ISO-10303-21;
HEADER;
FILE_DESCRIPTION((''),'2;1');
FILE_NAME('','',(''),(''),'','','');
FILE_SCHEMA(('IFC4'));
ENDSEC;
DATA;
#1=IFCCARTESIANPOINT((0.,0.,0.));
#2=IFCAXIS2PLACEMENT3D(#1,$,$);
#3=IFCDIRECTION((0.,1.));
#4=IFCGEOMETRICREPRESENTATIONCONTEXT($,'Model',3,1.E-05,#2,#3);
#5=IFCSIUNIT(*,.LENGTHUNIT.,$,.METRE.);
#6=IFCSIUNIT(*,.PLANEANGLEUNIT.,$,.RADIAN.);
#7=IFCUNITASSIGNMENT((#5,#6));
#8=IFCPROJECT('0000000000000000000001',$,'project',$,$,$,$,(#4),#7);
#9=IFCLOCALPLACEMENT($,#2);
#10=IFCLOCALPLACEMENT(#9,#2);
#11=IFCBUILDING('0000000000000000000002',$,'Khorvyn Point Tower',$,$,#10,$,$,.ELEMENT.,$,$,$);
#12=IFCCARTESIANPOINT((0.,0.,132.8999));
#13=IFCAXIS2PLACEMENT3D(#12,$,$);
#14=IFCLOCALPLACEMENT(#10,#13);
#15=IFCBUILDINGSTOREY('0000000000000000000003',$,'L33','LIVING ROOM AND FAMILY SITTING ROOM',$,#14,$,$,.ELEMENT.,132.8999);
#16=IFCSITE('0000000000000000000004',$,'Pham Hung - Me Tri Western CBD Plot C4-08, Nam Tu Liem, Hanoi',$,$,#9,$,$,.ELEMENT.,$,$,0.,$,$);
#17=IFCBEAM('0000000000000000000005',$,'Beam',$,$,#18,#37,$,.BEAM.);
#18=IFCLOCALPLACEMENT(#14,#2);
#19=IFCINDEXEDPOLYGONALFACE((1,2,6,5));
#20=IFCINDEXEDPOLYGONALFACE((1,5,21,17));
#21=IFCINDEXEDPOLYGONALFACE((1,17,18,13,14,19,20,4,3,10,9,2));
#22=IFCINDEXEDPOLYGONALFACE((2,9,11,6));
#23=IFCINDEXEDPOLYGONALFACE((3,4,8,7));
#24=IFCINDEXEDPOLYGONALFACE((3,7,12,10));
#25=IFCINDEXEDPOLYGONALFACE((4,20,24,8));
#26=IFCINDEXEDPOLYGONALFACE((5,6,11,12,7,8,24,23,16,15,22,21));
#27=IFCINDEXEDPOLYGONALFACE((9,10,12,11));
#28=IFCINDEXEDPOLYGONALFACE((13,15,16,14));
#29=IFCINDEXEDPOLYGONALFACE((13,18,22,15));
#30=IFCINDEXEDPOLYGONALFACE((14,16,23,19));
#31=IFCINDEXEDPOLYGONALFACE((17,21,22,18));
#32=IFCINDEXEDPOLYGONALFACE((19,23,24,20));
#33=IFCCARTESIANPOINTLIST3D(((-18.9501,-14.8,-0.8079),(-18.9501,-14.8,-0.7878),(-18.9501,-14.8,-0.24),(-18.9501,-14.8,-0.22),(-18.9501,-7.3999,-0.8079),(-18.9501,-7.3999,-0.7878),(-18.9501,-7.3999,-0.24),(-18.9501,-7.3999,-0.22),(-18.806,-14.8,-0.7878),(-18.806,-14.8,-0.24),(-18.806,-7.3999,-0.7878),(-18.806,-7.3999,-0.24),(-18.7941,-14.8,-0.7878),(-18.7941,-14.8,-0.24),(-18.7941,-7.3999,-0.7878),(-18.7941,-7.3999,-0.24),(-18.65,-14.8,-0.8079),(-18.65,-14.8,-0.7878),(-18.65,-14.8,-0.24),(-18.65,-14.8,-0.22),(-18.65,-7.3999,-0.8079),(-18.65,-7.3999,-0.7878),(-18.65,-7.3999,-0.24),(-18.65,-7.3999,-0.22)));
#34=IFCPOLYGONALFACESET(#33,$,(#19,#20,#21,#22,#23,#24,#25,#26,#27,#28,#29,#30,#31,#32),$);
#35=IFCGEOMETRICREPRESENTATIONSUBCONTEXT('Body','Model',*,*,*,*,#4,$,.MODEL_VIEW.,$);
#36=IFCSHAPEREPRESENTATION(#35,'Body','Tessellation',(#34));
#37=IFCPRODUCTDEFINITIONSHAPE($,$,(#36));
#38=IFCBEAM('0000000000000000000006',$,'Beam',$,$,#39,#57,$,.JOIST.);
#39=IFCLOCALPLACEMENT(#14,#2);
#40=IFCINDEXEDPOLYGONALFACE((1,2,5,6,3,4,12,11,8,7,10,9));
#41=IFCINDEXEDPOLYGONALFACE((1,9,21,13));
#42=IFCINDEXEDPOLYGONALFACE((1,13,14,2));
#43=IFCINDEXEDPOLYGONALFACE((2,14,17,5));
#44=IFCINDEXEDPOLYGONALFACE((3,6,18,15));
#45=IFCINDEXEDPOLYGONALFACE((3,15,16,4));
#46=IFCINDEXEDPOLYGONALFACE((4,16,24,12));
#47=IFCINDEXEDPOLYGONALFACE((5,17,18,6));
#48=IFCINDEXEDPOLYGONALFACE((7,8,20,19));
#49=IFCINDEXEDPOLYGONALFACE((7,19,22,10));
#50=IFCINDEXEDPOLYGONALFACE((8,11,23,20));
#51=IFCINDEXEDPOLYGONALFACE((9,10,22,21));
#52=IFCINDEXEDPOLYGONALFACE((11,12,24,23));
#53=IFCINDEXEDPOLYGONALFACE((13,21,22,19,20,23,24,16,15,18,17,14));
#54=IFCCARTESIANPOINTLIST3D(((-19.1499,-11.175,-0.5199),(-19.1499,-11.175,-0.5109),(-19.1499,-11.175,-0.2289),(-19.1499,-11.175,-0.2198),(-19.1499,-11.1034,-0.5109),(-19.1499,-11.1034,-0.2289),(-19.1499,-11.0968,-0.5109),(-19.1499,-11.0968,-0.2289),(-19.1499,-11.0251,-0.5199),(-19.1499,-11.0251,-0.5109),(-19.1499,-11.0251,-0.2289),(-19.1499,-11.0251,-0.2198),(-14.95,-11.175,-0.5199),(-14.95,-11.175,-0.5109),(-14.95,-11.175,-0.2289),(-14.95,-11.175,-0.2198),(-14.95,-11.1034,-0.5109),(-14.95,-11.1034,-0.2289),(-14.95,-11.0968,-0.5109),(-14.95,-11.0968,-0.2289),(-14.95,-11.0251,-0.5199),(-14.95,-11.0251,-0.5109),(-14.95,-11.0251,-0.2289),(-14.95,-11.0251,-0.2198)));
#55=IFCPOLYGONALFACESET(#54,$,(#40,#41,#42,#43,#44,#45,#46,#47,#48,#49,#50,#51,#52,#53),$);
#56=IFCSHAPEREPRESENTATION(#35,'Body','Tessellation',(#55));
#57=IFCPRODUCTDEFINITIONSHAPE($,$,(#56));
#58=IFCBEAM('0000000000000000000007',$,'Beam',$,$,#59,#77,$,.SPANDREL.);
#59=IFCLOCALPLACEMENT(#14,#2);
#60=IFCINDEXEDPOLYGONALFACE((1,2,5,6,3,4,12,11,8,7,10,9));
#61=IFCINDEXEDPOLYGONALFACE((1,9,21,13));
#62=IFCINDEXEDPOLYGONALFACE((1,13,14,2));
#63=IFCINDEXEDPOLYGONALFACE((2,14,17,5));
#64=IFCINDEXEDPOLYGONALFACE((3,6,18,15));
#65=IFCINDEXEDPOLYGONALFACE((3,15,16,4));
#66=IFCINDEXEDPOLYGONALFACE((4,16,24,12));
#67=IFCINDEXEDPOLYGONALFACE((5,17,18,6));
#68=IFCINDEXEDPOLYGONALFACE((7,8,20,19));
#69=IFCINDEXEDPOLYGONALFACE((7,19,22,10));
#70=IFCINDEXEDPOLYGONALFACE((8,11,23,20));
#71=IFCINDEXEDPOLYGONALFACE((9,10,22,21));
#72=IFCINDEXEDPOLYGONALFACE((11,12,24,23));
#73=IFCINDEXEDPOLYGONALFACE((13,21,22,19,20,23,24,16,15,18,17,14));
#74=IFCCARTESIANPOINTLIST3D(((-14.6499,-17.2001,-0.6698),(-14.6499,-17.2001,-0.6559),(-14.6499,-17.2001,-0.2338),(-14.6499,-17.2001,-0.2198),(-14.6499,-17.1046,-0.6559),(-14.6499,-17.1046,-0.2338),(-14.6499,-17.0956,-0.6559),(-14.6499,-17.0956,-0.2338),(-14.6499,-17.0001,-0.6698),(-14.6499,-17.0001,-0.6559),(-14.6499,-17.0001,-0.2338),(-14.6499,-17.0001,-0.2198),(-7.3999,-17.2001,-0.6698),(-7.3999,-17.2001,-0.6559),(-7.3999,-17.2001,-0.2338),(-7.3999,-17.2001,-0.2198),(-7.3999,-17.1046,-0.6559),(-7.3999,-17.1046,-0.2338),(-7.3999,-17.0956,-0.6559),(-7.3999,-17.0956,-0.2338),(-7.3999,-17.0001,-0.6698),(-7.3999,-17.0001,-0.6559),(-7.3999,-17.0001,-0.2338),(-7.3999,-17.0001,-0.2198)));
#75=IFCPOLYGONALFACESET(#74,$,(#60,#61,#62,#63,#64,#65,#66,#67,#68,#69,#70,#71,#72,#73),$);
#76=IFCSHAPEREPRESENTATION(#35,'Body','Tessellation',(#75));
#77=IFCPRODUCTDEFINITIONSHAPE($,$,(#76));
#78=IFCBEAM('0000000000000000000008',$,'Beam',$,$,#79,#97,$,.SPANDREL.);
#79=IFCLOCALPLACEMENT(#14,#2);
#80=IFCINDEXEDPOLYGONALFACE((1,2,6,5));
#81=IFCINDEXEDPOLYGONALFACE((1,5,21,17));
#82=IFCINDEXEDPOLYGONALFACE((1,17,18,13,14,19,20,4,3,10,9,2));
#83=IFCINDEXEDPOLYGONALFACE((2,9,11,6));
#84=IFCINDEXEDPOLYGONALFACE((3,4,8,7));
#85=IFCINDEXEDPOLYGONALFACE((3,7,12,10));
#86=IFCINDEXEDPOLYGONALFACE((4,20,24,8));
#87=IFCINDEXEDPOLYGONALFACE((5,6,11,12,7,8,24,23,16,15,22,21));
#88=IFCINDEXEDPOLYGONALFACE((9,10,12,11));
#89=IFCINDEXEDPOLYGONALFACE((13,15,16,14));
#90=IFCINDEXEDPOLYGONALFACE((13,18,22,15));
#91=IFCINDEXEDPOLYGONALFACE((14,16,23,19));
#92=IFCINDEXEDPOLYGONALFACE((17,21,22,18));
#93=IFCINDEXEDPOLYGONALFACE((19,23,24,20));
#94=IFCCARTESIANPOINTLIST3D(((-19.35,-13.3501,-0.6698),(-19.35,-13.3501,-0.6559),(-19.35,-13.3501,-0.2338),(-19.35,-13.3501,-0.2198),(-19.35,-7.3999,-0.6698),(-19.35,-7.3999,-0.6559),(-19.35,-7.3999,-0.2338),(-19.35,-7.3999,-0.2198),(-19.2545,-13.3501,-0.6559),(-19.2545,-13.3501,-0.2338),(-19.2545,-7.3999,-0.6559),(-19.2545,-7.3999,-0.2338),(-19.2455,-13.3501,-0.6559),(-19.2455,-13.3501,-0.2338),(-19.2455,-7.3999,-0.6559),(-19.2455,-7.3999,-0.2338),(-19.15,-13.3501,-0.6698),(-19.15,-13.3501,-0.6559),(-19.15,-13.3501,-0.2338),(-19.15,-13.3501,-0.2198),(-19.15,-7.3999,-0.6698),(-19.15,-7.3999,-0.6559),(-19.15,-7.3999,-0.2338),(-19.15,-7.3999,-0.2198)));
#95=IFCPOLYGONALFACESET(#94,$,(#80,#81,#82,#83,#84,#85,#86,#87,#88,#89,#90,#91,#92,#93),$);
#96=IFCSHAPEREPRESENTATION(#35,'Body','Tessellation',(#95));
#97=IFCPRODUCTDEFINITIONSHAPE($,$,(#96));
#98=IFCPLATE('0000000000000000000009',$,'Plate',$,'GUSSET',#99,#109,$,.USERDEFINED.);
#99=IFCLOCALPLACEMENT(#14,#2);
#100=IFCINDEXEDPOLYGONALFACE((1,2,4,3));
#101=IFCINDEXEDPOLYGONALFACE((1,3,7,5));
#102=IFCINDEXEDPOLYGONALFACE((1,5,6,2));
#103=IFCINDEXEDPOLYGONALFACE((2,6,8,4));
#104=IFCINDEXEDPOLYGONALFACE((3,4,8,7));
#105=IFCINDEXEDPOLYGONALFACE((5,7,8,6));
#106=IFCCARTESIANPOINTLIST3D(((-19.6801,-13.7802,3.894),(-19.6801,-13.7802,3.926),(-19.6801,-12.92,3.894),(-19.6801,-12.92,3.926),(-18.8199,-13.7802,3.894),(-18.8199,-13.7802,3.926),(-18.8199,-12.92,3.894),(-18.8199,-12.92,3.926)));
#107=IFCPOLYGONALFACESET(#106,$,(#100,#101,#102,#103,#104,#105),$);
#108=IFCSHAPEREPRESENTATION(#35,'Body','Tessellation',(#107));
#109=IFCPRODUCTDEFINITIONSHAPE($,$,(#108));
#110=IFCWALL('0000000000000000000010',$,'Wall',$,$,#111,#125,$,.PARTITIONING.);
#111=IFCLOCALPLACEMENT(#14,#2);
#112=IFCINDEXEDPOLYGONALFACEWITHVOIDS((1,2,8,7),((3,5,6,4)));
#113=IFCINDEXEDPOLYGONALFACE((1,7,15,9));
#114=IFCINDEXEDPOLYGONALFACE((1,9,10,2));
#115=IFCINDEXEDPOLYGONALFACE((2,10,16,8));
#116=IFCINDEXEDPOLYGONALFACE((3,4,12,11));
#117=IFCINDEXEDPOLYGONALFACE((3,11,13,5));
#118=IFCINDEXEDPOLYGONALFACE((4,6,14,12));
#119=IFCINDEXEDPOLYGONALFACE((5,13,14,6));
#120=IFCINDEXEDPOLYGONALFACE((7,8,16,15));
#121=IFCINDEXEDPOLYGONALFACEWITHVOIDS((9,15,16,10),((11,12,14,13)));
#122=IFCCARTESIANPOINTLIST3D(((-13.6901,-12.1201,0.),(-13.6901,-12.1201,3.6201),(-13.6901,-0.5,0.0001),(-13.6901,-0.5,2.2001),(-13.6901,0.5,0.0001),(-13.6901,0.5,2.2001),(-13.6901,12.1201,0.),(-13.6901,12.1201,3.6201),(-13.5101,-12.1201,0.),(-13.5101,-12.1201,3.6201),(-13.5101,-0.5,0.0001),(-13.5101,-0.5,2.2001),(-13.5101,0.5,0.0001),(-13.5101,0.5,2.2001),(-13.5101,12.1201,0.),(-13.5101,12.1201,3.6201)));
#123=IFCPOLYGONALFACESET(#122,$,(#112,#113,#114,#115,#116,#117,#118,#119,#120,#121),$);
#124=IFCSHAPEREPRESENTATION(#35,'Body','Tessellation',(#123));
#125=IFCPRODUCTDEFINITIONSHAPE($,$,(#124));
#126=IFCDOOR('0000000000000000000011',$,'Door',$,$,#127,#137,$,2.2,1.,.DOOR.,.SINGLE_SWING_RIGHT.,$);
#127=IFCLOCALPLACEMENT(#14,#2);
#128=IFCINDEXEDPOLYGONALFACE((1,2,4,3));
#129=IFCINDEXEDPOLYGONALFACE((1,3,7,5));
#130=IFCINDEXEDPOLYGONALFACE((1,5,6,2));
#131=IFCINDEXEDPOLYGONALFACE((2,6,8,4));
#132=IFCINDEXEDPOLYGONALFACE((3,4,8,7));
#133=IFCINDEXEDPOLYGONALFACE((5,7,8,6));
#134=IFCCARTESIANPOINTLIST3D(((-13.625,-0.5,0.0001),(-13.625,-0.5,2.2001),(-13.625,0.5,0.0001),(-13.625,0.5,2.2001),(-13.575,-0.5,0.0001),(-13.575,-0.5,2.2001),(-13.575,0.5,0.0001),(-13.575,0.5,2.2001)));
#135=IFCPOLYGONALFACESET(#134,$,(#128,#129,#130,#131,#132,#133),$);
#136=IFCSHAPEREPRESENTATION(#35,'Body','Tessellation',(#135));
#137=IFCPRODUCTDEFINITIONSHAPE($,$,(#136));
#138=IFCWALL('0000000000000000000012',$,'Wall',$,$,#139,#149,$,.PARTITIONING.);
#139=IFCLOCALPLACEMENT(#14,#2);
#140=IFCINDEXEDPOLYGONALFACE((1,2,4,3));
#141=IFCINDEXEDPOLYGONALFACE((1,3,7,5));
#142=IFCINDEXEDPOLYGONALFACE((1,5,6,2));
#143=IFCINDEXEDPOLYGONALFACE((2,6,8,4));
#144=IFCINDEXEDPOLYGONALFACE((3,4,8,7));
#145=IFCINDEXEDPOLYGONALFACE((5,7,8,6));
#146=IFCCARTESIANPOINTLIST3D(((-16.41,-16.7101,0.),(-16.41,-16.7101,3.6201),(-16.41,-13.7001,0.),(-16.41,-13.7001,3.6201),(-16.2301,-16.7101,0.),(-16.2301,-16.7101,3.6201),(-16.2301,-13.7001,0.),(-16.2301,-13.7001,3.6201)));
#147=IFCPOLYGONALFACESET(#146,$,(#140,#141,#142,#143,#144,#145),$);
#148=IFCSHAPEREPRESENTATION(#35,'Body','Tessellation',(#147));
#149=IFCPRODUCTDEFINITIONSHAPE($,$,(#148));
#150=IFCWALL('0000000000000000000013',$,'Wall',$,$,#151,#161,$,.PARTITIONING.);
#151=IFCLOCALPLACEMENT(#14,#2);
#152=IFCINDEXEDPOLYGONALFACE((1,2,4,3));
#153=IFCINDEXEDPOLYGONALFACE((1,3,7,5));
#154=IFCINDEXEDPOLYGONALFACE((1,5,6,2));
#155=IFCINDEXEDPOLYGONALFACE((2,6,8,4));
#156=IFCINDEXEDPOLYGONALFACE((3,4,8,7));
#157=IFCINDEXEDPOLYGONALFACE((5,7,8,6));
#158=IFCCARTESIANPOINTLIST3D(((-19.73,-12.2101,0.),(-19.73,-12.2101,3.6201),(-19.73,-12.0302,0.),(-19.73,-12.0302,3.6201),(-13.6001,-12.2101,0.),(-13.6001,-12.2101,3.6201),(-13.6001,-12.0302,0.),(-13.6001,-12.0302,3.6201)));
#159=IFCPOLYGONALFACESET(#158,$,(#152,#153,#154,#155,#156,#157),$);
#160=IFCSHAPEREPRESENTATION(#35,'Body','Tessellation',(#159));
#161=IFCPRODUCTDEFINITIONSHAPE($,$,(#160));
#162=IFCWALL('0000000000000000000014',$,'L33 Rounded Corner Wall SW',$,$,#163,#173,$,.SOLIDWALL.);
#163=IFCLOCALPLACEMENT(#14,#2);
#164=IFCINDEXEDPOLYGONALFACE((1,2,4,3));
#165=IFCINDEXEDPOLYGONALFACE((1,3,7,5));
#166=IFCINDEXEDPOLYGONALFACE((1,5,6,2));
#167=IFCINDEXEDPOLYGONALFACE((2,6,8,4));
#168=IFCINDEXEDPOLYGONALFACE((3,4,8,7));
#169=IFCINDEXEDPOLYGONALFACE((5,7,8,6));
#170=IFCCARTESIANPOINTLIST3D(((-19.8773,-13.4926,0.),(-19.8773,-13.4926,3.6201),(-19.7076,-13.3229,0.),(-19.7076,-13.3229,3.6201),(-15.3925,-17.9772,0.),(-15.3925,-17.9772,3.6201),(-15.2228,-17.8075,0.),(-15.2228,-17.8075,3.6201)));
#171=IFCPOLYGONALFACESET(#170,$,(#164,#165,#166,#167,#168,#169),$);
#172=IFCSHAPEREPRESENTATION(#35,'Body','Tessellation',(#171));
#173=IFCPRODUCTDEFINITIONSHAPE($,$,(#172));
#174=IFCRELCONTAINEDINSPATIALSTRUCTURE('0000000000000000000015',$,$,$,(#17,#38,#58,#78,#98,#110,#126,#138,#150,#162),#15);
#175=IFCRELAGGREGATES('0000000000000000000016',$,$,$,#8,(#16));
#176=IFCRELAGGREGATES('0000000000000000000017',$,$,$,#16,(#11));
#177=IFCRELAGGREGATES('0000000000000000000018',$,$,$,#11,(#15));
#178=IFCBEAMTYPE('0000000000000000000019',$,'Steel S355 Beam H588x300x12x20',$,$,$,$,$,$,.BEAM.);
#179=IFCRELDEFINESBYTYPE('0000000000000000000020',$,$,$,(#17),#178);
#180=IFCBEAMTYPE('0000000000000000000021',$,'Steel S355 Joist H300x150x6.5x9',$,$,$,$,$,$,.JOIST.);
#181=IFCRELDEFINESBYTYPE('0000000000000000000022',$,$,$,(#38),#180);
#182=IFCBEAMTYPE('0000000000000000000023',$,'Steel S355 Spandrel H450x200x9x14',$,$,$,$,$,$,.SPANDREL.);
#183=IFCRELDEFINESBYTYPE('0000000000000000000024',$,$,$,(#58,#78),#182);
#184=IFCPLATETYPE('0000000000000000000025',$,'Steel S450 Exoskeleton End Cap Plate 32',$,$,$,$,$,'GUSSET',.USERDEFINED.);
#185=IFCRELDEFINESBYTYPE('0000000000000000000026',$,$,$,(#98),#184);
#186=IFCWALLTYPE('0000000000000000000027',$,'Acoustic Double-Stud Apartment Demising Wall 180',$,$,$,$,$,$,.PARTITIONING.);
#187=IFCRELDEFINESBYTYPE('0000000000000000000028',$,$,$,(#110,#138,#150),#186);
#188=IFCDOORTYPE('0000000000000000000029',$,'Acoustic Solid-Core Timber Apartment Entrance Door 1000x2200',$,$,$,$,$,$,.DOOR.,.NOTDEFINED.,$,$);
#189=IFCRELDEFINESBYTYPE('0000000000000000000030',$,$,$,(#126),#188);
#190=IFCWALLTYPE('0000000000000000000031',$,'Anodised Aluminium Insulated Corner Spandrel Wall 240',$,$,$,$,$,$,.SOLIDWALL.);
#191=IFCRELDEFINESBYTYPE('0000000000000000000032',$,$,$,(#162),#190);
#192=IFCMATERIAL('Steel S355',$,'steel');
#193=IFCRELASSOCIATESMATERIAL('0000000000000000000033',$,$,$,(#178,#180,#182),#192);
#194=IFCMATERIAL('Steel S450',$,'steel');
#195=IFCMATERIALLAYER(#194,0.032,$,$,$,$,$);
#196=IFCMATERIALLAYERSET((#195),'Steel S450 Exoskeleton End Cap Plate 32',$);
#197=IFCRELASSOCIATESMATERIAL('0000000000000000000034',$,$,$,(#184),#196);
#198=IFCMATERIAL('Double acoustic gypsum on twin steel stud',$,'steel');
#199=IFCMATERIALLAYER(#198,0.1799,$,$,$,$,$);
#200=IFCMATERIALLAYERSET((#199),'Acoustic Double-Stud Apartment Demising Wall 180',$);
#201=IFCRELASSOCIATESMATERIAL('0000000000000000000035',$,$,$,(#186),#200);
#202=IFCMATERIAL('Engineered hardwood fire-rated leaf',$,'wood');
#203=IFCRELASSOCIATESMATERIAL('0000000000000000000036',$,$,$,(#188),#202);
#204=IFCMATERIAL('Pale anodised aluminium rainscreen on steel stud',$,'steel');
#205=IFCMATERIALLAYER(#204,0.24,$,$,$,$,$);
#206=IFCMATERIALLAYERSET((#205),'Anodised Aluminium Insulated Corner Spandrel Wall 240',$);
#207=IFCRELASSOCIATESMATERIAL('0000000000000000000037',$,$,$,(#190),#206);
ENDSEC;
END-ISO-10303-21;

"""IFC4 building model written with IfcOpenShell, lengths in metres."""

from ifc_helpers import new_model, si_unit, direction, frame, frame_2d, origin, origin_2d, place, context, subcontext, project, spatial, rectangle, i_section, extrude, material, layer, layer_set, material_profile, profile_set, type_object, element, fill, save


model = new_model("IFC4")

# Units and contexts
model_context = context("Model", 3, precision=1e-05, world=origin(), true_north=direction((0.0, 1.0)))
body_context = subcontext(model_context, "Body", "Model", "MODEL_VIEW")
ifc_project = project(units=[si_unit("LENGTHUNIT", "METRE"), si_unit("PLANEANGLEUNIT", "RADIAN")], contexts=[model_context])

# Site, building, storey
site_placement = place(None, origin())
site = spatial("IfcSite", under=ifc_project, at=site_placement, Name="Pham Hung - Me Tri Western CBD Plot C4-08, Nam Tu Liem, Hanoi", CompositionType="ELEMENT", RefElevation=0.0)
building_placement = place(site_placement, origin())
building = spatial("IfcBuilding", under=site, at=building_placement, Name="Khorvyn Point Tower", CompositionType="ELEMENT")
storey_placement = place(building_placement, frame((0.0, 0.0, 132.8999)))
storey = spatial("IfcBuildingStorey", under=building, at=storey_placement, Name="L33", Description="LIVING ROOM AND FAMILY SITTING ROOM", CompositionType="ELEMENT", Elevation=132.8999)

# Shared definitions
ifc_material_1 = material(Name="Steel S450", Category="steel")

# Beams
ifc_material_2 = material(Name="Steel S355", Category="steel")
ifc_material_profile_1 = material_profile(ifc_material_2, i_section(OverallWidth=0.3, OverallDepth=0.5879, WebThickness=0.012, FlangeThickness=0.02, at=origin_2d()))
ifc_profile_set_1 = profile_set([ifc_material_profile_1], Name="Steel S355 H588x300x12x20")
beam_type_1 = type_object("IfcBeamType", Name="Steel S355 Beam H588x300x12x20", PredefinedType="BEAM", material=ifc_profile_set_1)
for number, where, z_axis, x_axis, name in (
    (1, (-18.8, -14.8, -0.5139), (0.0, 1.0, 0.0), (-1.0, 0.0, 0.0), "Beam"),
):
    element("IfcBeam", number, at=place(storey_placement, frame(where, z_axis=z_axis, x_axis=x_axis)), inside=storey, type_object=beam_type_1, Name=name, PredefinedType="BEAM", context=body_context, shape_type="SweptSolid", body=[
        extrude(i_section(OverallWidth=0.3, OverallDepth=0.5879, WebThickness=0.012, FlangeThickness=0.02, at=origin_2d()), origin(), (0.0, 0.0, 1.0), 7.4001),
    ])
ifc_material_profile_2 = material_profile(ifc_material_2, i_section(OverallWidth=0.1499, OverallDepth=0.3, WebThickness=0.0066, FlangeThickness=0.009, at=origin_2d()))
ifc_profile_set_2 = profile_set([ifc_material_profile_2], Name="Steel S355 H300x150x6.5x9")
beam_type_2 = type_object("IfcBeamType", Name="Steel S355 Joist H300x150x6.5x9", PredefinedType="JOIST", material=ifc_profile_set_2)
beam_1_placement = place(storey_placement, frame((-19.1499, -11.1001, -0.3699), z_axis=(1.0, 0.0, 0.0), x_axis=(0.0, 1.0, 0.0)))
element("IfcBeam", 2, at=beam_1_placement, inside=storey, type_object=beam_type_2, Name="Beam", PredefinedType="JOIST", context=body_context, shape_type="SweptSolid", body=[
    extrude(i_section(OverallWidth=0.1499, OverallDepth=0.3, WebThickness=0.0066, FlangeThickness=0.009, at=origin_2d()), origin(), (0.0, 0.0, 1.0), 4.2),
])
ifc_material_profile_3 = material_profile(ifc_material_2, i_section(OverallWidth=0.2, OverallDepth=0.45, WebThickness=0.009, FlangeThickness=0.0139, at=origin_2d()))
ifc_profile_set_3 = profile_set([ifc_material_profile_3], Name="Steel S355 H450x200x9x14")
beam_type_3 = type_object("IfcBeamType", Name="Steel S355 Spandrel H450x200x9x14", PredefinedType="SPANDREL", material=ifc_profile_set_3)
beam_2_placement = place(storey_placement, frame((-14.6499, -17.1001, -0.4448), z_axis=(1.0, 0.0, 0.0), x_axis=(0.0, 1.0, 0.0)))
element("IfcBeam", 3, at=beam_2_placement, inside=storey, type_object=beam_type_3, Name="Beam", PredefinedType="SPANDREL", context=body_context, shape_type="SweptSolid", body=[
    extrude(i_section(OverallWidth=0.2, OverallDepth=0.45, WebThickness=0.009, FlangeThickness=0.0139, at=origin_2d()), origin(), (0.0, 0.0, 1.0), 7.25),
])
beam_3_placement = place(storey_placement, frame((-19.25, -13.3501, -0.4448), z_axis=(0.0, 1.0, 0.0), x_axis=(-1.0, 0.0, 0.0)))
element("IfcBeam", 4, at=beam_3_placement, inside=storey, type_object=beam_type_3, Name="Beam", PredefinedType="SPANDREL", context=body_context, shape_type="SweptSolid", body=[
    extrude(i_section(OverallWidth=0.2, OverallDepth=0.45, WebThickness=0.009, FlangeThickness=0.0139, at=origin_2d()), origin(), (0.0, 0.0, 1.0), 5.9502),
])

# Plate
ifc_layer_1 = layer(ifc_material_1, 0.032)
ifc_layer_set_1 = layer_set([ifc_layer_1], Name="Steel S450 Exoskeleton End Cap Plate 32")
plate_type = type_object("IfcPlateType", Name="Steel S450 Exoskeleton End Cap Plate 32", ElementType="GUSSET", PredefinedType="USERDEFINED", material=ifc_layer_set_1)
plate_placement = place(storey_placement, frame((-19.25, -13.3501, 3.894), z_axis=(0.0, 0.0, 1.0), x_axis=(1.0, 0.0, 0.0)))
element("IfcPlate", 5, at=plate_placement, inside=storey, type_object=plate_type, Name="Plate", ObjectType="GUSSET", PredefinedType="USERDEFINED", context=body_context, shape_type="SweptSolid", body=[
    extrude(rectangle(XDim=0.8601, YDim=0.8601, at=origin_2d()), origin(), (0.0, 0.0, 1.0), 0.032),
])

# Wall, opening, door
ifc_material_3 = material(Name="Double acoustic gypsum on twin steel stud", Category="steel")
ifc_layer_2 = layer(ifc_material_3, 0.1799)
ifc_layer_set_2 = layer_set([ifc_layer_2], Name="Acoustic Double-Stud Apartment Demising Wall 180")
wall_type_1 = type_object("IfcWallType", Name="Acoustic Double-Stud Apartment Demising Wall 180", PredefinedType="PARTITIONING", material=ifc_layer_set_2)
wall_1_placement = place(storey_placement, frame((-13.6001, -12.1201, 0.0), z_axis=(0.0, 0.0, 1.0), x_axis=(0.0, 1.0, 0.0)))
wall_1 = element("IfcWall", 6, at=wall_1_placement, inside=storey, type_object=wall_type_1, Name="Wall", PredefinedType="PARTITIONING", context=body_context, shape_type="SweptSolid", body=[
    extrude(rectangle(XDim=24.2402, YDim=0.1799, at=frame_2d((12.1201, 0.0))), origin(), (0.0, 0.0, 1.0), 3.6201),
])
opening_1_placement = place(wall_1_placement, frame((11.6201, 0.0, 0.0)))
opening_1 = element("IfcOpeningElement", 7, at=opening_1_placement, cuts=wall_1, PredefinedType="OPENING", context=body_context, shape_type="SweptSolid", body=[
    extrude(rectangle(XDim=1.0, YDim=2.2, at=frame_2d((0.5, 1.1001))), frame((0.0, 0.0999, 0.0), z_axis=(0.0, -1.0, 0.0), x_axis=(1.0, 0.0, 0.0)), (0.0, 0.0, 1.0), 0.2),
])
ifc_material_4 = material(Name="Engineered hardwood fire-rated leaf", Category="wood")
door_type_1 = type_object("IfcDoorType", Name="Acoustic Solid-Core Timber Apartment Entrance Door 1000x2200", OperationType="NOTDEFINED", PredefinedType="DOOR", material=ifc_material_4)
door_1_placement = place(opening_1_placement, origin())
door_1 = element("IfcDoor", 8, at=door_1_placement, inside=storey, type_object=door_type_1, Name="Door", OperationType="SINGLE_SWING_RIGHT", OverallHeight=2.2, OverallWidth=1.0, PredefinedType="DOOR", context=body_context, shape_type="SweptSolid", body=[
    extrude(rectangle(XDim=1.0, YDim=2.2, at=frame_2d((0.5, 1.1001))), frame((0.0, 0.0249, 0.0), z_axis=(0.0, -1.0, 0.0), x_axis=(1.0, 0.0, 0.0)), (0.0, 0.0, 1.0), 0.05),
])
fill(opening_1, door_1)

# Walls
wall_2_placement = place(storey_placement, frame((-16.3201, -16.71, 0.0), z_axis=(0.0, 0.0, 1.0), x_axis=(0.0, 1.0, 0.0)))
element("IfcWall", 9, at=wall_2_placement, inside=storey, type_object=wall_type_1, Name="Wall", PredefinedType="PARTITIONING", context=body_context, shape_type="SweptSolid", body=[
    extrude(rectangle(XDim=3.01, YDim=0.1799, at=frame_2d((1.5049, 0.0))), origin(), (0.0, 0.0, 1.0), 3.6201),
])
wall_3_placement = place(storey_placement, frame((-19.73, -12.1201, 0.0), z_axis=(0.0, 0.0, 1.0), x_axis=(1.0, 0.0, 0.0)))
element("IfcWall", 10, at=wall_3_placement, inside=storey, type_object=wall_type_1, Name="Wall", PredefinedType="PARTITIONING", context=body_context, shape_type="SweptSolid", body=[
    extrude(rectangle(XDim=6.1299, YDim=0.1799, at=frame_2d((3.0649, 0.0))), origin(), (0.0, 0.0, 1.0), 3.6201),
])
ifc_material_5 = material(Name="Pale anodised aluminium rainscreen on steel stud", Category="steel")
ifc_layer_3 = layer(ifc_material_5, 0.24)
ifc_layer_set_3 = layer_set([ifc_layer_3], Name="Anodised Aluminium Insulated Corner Spandrel Wall 240")
wall_type_2 = type_object("IfcWallType", Name="Anodised Aluminium Insulated Corner Spandrel Wall 240", PredefinedType="SOLIDWALL", material=ifc_layer_set_3)
wall_4_placement = place(storey_placement, frame((-15.3076, -17.8923, 0.0), z_axis=(0.0, 0.0, 1.0), x_axis=(-0.707126, 0.707088, 0.0)))
element("IfcWall", 11, at=wall_4_placement, inside=storey, type_object=wall_type_2, Name="L33 Rounded Corner Wall SW", PredefinedType="SOLIDWALL", context=body_context, shape_type="SweptSolid", body=[
    extrude(rectangle(XDim=6.3423, YDim=0.24, at=frame_2d((3.1711, 0.0))), origin(), (0.0, 0.0, 1.0), 3.6201),
])

save(model, "model.ifc")
